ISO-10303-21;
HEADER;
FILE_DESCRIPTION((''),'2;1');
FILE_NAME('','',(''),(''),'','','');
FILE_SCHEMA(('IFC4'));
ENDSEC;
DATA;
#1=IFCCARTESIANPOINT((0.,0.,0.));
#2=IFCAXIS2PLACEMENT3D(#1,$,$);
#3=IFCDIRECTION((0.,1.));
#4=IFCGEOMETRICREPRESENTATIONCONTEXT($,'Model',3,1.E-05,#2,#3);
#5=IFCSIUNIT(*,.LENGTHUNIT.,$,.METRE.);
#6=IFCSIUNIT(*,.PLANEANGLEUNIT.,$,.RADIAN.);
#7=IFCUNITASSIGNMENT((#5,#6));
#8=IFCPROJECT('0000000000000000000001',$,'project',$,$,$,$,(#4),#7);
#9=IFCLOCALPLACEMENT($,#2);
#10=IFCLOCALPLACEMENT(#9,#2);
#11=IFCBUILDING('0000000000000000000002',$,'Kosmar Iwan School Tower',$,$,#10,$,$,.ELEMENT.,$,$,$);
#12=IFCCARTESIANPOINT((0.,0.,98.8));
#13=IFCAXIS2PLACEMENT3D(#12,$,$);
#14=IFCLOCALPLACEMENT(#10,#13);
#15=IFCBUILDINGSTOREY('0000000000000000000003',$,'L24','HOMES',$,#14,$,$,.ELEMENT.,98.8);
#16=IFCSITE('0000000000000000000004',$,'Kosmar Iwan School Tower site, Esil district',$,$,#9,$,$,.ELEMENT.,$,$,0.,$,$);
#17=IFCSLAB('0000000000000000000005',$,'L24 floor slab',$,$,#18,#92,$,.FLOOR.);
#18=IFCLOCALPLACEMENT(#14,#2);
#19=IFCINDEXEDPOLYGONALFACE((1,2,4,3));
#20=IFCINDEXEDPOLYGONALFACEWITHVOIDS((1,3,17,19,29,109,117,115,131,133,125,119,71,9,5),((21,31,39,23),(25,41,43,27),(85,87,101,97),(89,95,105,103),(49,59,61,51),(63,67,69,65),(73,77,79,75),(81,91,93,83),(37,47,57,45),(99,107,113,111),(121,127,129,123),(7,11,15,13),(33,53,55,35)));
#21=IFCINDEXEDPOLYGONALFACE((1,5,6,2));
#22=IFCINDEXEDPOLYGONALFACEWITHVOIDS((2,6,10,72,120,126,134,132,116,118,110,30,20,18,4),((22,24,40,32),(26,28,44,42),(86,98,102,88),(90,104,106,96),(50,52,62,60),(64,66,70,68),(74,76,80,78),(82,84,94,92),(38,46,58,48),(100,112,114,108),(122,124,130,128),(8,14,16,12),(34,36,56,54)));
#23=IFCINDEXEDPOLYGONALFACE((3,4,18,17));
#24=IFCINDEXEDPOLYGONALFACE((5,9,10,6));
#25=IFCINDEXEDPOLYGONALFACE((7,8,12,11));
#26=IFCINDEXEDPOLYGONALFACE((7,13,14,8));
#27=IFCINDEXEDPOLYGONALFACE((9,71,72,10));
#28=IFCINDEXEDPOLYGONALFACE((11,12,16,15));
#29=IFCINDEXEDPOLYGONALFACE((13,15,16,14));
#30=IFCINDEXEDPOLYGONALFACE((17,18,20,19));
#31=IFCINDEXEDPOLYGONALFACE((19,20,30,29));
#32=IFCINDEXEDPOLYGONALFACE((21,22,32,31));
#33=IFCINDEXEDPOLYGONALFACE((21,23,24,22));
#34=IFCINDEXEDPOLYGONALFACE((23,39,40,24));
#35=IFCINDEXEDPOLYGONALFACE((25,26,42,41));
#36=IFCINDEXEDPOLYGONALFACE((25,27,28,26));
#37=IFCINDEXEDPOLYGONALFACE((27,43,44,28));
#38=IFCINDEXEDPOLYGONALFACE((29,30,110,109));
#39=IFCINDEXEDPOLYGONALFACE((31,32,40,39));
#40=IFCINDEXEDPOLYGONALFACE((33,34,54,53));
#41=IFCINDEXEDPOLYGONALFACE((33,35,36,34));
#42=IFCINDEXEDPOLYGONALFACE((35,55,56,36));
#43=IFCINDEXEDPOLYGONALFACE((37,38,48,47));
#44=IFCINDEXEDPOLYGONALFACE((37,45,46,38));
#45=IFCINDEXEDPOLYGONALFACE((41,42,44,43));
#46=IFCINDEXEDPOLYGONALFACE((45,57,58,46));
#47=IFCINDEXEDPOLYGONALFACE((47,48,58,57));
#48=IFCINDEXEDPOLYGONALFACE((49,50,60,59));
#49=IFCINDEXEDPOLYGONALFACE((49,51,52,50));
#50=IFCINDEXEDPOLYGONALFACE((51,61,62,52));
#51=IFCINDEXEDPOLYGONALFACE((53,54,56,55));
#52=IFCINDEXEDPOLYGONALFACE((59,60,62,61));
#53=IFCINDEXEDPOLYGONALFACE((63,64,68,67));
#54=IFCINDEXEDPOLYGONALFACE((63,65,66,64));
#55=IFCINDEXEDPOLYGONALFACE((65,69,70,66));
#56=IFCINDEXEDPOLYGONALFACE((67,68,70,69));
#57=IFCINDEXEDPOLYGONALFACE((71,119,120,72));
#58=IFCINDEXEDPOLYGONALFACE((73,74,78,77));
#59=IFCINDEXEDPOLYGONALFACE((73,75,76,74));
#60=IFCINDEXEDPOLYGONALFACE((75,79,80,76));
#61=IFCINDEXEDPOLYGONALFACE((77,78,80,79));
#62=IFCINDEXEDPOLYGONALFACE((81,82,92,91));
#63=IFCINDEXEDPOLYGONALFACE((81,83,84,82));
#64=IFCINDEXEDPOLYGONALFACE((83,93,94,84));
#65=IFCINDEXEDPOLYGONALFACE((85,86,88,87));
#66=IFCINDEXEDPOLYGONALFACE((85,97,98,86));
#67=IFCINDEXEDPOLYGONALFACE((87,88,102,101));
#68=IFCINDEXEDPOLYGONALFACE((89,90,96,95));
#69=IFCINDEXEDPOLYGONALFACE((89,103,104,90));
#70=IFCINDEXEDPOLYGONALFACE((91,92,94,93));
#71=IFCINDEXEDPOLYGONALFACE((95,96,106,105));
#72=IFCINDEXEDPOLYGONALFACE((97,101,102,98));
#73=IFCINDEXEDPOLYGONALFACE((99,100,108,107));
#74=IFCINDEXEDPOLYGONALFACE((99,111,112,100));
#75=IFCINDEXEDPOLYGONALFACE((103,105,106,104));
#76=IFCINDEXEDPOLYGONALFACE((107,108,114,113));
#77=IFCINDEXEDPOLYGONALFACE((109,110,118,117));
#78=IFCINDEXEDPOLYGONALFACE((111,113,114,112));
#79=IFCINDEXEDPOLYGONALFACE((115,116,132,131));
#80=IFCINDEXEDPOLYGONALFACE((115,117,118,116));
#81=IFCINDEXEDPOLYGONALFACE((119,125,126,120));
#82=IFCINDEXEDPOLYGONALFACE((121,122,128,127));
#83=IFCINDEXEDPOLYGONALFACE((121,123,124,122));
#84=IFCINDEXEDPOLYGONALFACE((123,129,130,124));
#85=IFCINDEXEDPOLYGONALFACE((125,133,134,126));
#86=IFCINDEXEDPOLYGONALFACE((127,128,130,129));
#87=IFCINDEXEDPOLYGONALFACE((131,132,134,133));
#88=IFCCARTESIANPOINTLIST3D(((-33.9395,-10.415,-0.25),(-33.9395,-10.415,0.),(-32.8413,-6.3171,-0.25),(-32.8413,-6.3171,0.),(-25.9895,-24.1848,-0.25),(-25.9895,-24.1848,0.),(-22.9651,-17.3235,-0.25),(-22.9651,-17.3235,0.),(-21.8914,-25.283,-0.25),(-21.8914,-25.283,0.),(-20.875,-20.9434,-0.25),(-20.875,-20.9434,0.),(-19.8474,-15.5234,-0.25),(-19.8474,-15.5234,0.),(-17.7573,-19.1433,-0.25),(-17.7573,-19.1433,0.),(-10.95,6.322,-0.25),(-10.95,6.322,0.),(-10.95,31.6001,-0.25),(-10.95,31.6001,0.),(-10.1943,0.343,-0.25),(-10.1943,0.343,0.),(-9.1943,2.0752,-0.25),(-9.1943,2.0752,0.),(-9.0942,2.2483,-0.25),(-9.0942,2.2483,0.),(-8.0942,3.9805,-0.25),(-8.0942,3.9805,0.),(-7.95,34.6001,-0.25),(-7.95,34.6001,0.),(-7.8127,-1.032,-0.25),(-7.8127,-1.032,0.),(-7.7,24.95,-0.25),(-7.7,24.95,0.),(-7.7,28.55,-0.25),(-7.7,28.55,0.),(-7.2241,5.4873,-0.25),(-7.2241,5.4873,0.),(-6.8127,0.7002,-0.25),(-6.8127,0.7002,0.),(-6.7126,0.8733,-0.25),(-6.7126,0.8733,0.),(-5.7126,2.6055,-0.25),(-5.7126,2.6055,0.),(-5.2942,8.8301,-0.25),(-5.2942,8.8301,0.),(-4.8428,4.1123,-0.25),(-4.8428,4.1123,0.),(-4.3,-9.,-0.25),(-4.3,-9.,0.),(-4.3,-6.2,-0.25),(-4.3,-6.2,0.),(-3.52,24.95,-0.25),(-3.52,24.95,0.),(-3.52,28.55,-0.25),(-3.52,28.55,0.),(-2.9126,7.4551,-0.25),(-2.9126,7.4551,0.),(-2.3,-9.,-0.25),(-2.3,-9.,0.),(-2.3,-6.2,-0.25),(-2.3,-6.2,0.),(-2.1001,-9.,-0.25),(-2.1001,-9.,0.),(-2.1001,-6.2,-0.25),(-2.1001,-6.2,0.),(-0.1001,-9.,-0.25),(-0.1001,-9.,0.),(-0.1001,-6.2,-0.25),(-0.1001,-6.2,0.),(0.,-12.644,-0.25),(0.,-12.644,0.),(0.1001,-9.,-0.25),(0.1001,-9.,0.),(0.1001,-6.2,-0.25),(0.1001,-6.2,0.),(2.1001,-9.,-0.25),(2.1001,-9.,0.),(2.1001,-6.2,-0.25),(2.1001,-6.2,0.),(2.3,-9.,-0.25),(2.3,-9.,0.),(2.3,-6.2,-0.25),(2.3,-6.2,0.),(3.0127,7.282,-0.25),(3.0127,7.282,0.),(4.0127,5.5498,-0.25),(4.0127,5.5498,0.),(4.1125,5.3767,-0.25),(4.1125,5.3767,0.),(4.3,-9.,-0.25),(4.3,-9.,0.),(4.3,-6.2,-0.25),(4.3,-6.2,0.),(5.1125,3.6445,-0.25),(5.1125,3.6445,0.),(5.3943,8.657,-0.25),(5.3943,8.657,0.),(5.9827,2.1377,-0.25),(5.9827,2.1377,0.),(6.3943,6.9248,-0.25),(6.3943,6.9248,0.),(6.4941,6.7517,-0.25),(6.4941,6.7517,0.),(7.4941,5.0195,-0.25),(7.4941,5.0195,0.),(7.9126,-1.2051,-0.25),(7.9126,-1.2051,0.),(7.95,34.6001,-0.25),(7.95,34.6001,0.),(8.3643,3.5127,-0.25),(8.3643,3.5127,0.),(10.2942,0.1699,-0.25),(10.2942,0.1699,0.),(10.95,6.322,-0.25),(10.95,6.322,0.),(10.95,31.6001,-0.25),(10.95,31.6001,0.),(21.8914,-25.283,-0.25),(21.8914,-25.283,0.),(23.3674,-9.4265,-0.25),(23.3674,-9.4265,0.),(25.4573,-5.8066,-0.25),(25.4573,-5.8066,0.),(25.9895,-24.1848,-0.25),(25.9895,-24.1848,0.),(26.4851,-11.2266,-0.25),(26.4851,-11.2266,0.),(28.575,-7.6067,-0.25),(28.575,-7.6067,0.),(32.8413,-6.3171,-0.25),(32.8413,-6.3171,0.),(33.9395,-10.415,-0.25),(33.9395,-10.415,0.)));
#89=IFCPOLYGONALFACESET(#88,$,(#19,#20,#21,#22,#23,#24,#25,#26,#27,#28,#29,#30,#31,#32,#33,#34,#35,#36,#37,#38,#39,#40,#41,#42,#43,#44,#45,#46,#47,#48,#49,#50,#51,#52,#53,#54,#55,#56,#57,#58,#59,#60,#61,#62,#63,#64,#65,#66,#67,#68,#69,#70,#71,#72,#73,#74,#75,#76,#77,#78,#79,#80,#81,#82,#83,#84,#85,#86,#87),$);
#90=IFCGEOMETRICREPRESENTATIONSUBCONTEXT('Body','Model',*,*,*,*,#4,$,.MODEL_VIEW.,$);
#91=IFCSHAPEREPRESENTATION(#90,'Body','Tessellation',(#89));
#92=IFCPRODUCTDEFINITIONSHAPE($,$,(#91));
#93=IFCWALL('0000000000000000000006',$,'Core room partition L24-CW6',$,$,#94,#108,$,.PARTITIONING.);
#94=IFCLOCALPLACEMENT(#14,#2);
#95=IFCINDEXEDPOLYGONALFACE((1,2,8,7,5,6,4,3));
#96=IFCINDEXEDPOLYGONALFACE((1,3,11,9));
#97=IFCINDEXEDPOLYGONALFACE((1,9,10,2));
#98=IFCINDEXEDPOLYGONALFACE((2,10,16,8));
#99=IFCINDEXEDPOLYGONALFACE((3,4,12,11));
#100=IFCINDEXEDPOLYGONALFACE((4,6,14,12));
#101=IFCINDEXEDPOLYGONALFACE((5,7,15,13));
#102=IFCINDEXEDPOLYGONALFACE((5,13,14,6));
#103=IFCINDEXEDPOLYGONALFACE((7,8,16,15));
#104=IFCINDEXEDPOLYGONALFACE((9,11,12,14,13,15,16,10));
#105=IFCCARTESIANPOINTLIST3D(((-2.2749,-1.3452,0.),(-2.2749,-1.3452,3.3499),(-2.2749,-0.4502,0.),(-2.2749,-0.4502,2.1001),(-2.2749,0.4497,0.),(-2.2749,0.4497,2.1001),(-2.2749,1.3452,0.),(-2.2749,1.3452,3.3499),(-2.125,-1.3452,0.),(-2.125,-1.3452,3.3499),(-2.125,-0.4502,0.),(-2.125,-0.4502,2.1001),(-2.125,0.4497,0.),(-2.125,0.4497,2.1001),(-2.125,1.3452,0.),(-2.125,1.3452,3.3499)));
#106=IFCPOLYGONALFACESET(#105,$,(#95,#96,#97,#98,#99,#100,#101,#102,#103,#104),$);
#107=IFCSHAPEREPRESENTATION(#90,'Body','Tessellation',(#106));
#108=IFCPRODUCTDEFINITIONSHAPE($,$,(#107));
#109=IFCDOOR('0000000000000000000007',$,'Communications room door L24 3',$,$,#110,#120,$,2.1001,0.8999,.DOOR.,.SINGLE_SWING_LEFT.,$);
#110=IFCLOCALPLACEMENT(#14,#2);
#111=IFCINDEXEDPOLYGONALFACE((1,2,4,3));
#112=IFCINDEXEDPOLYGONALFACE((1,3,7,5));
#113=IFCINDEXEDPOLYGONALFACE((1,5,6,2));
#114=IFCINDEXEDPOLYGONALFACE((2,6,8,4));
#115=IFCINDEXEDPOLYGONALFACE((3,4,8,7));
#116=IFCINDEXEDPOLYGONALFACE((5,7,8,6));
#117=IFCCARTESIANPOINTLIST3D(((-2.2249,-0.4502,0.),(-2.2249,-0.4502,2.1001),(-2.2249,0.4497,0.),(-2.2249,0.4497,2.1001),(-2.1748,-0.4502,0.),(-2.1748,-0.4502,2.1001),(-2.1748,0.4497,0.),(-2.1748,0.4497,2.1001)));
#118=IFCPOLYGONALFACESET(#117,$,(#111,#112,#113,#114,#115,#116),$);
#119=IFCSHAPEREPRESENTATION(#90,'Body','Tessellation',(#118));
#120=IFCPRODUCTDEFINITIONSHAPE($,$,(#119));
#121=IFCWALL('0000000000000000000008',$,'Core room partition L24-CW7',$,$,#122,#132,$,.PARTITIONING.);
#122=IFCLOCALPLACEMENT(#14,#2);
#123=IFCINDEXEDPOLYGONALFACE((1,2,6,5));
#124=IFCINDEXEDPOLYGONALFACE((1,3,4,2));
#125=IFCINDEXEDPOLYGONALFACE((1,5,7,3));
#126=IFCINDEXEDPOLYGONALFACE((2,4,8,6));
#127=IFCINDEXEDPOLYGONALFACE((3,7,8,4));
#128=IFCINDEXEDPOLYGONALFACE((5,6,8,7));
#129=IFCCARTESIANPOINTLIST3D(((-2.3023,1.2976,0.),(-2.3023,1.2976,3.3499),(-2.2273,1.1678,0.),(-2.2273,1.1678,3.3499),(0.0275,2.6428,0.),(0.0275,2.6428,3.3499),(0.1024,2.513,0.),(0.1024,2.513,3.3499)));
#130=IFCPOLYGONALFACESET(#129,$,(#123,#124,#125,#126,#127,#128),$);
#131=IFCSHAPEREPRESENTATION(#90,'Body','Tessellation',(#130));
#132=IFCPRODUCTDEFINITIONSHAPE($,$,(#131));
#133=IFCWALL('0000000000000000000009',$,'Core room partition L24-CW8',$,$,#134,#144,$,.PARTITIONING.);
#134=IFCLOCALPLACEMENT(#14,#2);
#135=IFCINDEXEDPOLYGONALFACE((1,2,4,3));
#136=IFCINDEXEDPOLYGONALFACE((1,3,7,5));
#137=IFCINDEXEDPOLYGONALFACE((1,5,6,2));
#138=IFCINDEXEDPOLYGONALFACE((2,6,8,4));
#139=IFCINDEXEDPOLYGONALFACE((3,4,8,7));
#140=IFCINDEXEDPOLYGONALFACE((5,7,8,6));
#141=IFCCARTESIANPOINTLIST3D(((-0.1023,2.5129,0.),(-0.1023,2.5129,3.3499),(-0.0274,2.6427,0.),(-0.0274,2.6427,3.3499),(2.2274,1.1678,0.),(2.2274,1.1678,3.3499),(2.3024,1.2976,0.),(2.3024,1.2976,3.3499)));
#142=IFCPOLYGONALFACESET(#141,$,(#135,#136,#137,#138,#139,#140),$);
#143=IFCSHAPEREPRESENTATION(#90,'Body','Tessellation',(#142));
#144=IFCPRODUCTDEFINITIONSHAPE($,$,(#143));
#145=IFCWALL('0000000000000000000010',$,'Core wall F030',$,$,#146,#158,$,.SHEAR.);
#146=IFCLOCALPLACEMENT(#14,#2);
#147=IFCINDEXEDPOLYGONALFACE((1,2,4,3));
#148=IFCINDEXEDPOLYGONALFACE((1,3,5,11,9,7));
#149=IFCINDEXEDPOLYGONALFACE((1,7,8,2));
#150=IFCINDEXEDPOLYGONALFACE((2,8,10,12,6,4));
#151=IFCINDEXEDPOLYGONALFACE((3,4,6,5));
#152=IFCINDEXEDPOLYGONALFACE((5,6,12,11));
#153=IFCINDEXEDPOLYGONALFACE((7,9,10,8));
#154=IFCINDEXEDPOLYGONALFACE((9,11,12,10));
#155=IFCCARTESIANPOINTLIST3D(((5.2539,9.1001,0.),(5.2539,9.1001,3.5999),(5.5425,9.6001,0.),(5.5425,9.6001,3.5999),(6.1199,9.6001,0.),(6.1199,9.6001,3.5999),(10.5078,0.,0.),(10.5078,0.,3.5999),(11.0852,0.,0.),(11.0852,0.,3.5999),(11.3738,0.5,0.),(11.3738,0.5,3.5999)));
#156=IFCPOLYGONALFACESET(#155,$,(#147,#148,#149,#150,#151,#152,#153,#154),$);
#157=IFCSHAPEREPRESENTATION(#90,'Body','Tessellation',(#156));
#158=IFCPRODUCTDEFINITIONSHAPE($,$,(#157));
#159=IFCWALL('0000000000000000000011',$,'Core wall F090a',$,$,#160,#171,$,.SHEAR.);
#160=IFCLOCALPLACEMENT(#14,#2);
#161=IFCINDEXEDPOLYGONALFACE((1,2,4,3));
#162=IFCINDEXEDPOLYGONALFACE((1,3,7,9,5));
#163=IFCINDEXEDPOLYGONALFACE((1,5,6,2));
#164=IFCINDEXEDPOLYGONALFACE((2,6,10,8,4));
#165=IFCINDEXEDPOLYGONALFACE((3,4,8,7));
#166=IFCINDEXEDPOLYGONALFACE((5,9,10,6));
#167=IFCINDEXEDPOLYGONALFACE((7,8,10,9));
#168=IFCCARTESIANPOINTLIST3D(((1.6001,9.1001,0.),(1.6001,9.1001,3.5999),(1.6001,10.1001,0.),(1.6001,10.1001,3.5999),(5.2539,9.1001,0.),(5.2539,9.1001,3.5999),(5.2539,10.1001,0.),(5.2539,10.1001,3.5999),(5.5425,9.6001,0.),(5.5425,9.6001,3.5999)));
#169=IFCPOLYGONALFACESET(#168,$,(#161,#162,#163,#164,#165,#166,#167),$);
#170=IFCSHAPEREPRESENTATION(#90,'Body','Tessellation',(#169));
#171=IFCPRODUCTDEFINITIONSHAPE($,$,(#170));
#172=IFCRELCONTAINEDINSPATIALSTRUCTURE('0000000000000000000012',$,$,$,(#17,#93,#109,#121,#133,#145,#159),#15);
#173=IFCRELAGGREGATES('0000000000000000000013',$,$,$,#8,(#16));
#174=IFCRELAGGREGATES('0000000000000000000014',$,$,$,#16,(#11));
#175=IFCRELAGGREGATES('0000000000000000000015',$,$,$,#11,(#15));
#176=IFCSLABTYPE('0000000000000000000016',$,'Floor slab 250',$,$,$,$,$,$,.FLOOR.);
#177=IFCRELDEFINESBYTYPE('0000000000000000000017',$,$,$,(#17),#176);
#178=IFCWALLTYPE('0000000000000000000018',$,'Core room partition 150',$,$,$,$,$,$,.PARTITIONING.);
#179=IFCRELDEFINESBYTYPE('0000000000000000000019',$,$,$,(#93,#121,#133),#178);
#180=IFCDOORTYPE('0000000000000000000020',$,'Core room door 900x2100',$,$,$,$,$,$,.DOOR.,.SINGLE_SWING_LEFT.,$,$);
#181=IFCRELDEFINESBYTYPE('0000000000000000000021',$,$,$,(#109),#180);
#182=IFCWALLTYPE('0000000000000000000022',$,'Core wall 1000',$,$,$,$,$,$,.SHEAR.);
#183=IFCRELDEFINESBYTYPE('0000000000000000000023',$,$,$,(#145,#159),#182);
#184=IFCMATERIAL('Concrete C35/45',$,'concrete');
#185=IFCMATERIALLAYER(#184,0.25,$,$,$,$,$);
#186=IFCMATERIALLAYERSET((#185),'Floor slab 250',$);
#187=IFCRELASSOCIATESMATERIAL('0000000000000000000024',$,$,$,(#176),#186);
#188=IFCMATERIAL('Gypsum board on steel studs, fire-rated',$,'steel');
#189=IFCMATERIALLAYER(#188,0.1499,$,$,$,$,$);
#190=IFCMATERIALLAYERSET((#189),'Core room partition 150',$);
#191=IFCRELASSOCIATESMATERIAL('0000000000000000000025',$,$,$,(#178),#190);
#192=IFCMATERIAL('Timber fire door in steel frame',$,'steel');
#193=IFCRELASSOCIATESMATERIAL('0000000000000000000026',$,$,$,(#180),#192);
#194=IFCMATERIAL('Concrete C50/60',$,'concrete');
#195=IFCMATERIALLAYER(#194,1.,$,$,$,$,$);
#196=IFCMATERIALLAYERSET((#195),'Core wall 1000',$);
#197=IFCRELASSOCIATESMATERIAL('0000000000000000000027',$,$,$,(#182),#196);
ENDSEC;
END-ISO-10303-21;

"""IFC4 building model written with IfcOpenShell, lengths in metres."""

from ifc_helpers import new_model, si_unit, direction, frame, frame_2d, origin, place, context, subcontext, project, spatial, polyline, rectangle, outline, extrude, material, layer, layer_set, type_object, element, fill, save


model = new_model("IFC4")

# Units and contexts
model_context = context("Model", 3, precision=1e-05, world=origin(), true_north=direction((0.0, 1.0)))
body_context = subcontext(model_context, "Body", "Model", "MODEL_VIEW")
ifc_project = project(units=[si_unit("LENGTHUNIT", "METRE"), si_unit("PLANEANGLEUNIT", "RADIAN")], contexts=[model_context])

# Site, building, storey
site_placement = place(None, origin())
site = spatial("IfcSite", under=ifc_project, at=site_placement, Name="Kosmar Iwan School Tower site, Esil district", CompositionType="ELEMENT", RefElevation=0.0)
building_placement = place(site_placement, origin())
building = spatial("IfcBuilding", under=site, at=building_placement, Name="Kosmar Iwan School Tower", CompositionType="ELEMENT")
storey_placement = place(building_placement, frame((0.0, 0.0, 98.8)))
storey = spatial("IfcBuildingStorey", under=building, at=storey_placement, Name="L24", Description="HOMES", CompositionType="ELEMENT", Elevation=98.8)

# Slab
ifc_material_1 = material(Name="Concrete C35/45", Category="concrete")
ifc_layer_1 = layer(ifc_material_1, 0.25)
ifc_layer_set_1 = layer_set([ifc_layer_1], Name="Floor slab 250")
slab_type = type_object("IfcSlabType", Name="Floor slab 250", PredefinedType="FLOOR", material=ifc_layer_set_1)
slab_placement = place(storey_placement, frame((0.0, 0.0, -0.25)))
element("IfcSlab", 1, at=slab_placement, inside=storey, type_object=slab_type, Name="L24 floor slab", PredefinedType="FLOOR", context=body_context, shape_type="SweptSolid", body=[
    extrude(outline(polyline([(-21.8914, -25.283), (0.0, -12.644), (21.8914, -25.283), (25.9895, -24.1848), (33.9395, -10.415), (32.8413, -6.3171), (10.95, 6.322), (10.95, 31.6001), (7.95, 34.6001), (-7.95, 34.6001), (-10.95, 31.6001), (-10.95, 6.322), (-32.8413, -6.3171), (-33.9395, -10.415), (-25.9895, -24.1848), (-21.8914, -25.283)]), holes=[polyline([(7.9126, -1.2051), (10.2942, 0.1699), (8.3643, 3.5127), (5.9827, 2.1377), (7.9126, -1.2051)]), polyline([(-2.9126, 7.4551), (-5.2942, 8.8301), (-7.2241, 5.4873), (-4.8428, 4.1123), (-2.9126, 7.4551)]), polyline([(-5.7126, 2.6055), (-8.0942, 3.9805), (-9.0942, 2.2483), (-6.7126, 0.8733), (-5.7126, 2.6055)]), polyline([(-6.8127, 0.7002), (-9.1943, 2.0752), (-10.1943, 0.343), (-7.8127, -1.032), (-6.8127, 0.7002)]), polyline([(5.1125, 3.6445), (7.4941, 5.0195), (6.4941, 6.7517), (4.1125, 5.3767), (5.1125, 3.6445)]), polyline([(4.0127, 5.5498), (6.3943, 6.9248), (5.3943, 8.657), (3.0127, 7.282), (4.0127, 5.5498)]), polyline([(-4.3, -6.2), (-4.3, -9.0), (-2.3, -9.0), (-2.3, -6.2), (-4.3, -6.2)]), polyline([(-2.1001, -6.2), (-2.1001, -9.0), (-0.1001, -9.0), (-0.1001, -6.2), (-2.1001, -6.2)]), polyline([(0.1001, -6.2), (0.1001, -9.0), (2.1001, -9.0), (2.1001, -6.2), (0.1001, -6.2)]), polyline([(2.3, -6.2), (2.3, -9.0), (4.3, -9.0), (4.3, -6.2), (2.3, -6.2)]), polyline([(-3.52, 24.95), (-3.52, 28.55), (-7.7, 28.55), (-7.7, 24.95), (-3.52, 24.95)]), polyline([(-19.8474, -15.5234), (-22.9651, -17.3235), (-20.875, -20.9434), (-17.7573, -19.1433), (-19.8474, -15.5234)]), polyline([(23.3674, -9.4265), (26.4851, -11.2266), (28.575, -7.6067), (25.4573, -5.8066), (23.3674, -9.4265)])]), origin(), (0.0, 0.0, 1.0), 0.25),
])

# Wall, opening, door
ifc_material_2 = material(Name="Gypsum board on steel studs, fire-rated", Category="steel")
ifc_layer_2 = layer(ifc_material_2, 0.1499)
ifc_layer_set_2 = layer_set([ifc_layer_2], Name="Core room partition 150")
wall_type_1 = type_object("IfcWallType", Name="Core room partition 150", PredefinedType="PARTITIONING", material=ifc_layer_set_2)
wall_1_placement = place(storey_placement, frame((-2.2, -1.3452, 0.0), z_axis=(0.0, 0.0, 1.0), x_axis=(0.0, 1.0, 0.0)))
wall_1 = element("IfcWall", 2, at=wall_1_placement, inside=storey, type_object=wall_type_1, Name="Core room partition L24-CW6", PredefinedType="PARTITIONING", context=body_context, shape_type="SweptSolid", body=[
    extrude(rectangle(XDim=2.6904, YDim=0.1499, at=frame_2d((1.3452, 0.0))), origin(), (0.0, 0.0, 1.0), 3.3499),
])
opening_placement = place(wall_1_placement, frame((0.895, 0.0, 0.0)))
opening = element("IfcOpeningElement", 3, at=opening_placement, cuts=wall_1, PredefinedType="OPENING", context=body_context, shape_type="SweptSolid", body=[
    extrude(rectangle(XDim=0.8999, YDim=2.1001, at=frame_2d((0.45, 1.05))), frame((0.0, 0.0869, 0.0), z_axis=(0.0, -1.0, 0.0), x_axis=(1.0, 0.0, 0.0)), (0.0, 0.0, 1.0), 0.1738),
])
ifc_material_3 = material(Name="Timber fire door in steel frame", Category="steel")
door_type = type_object("IfcDoorType", Name="Core room door 900x2100", OperationType="SINGLE_SWING_LEFT", PredefinedType="DOOR", material=ifc_material_3)
door_placement = place(opening_placement, origin())
door = element("IfcDoor", 4, at=door_placement, inside=storey, type_object=door_type, Name="Communications room door L24 3", OperationType="SINGLE_SWING_LEFT", OverallHeight=2.1001, OverallWidth=0.8999, PredefinedType="DOOR", context=body_context, shape_type="SweptSolid", body=[
    extrude(rectangle(XDim=0.8999, YDim=2.1001, at=frame_2d((0.45, 1.05))), frame((0.0, 0.0249, 0.0), z_axis=(0.0, -1.0, 0.0), x_axis=(1.0, 0.0, 0.0)), (0.0, 0.0, 1.0), 0.05),
])
fill(opening, door)

# Walls
for number, where, z_axis, x_axis, name in (
    (5, (-2.2649, 1.2327, 0.0), (0.0, 0.0, 1.0), (0.866012, 0.500024, 0.0), "Core room partition L24-CW7"),
    (6, (-0.0649, 2.5779, 0.0), (0.0, 0.0, 1.0), (0.866012, -0.500024, 0.0), "Core room partition L24-CW8"),
):
    element("IfcWall", number, at=place(storey_placement, frame(where, z_axis=z_axis, x_axis=x_axis)), inside=storey, type_object=wall_type_1, Name=name, PredefinedType="PARTITIONING", context=body_context, shape_type="SweptSolid", body=[
        extrude(rectangle(XDim=2.6902, YDim=0.1499, at=frame_2d((1.3452, 0.0))), origin(), (0.0, 0.0, 1.0), 3.3499),
    ])
ifc_material_4 = material(Name="Concrete C50/60", Category="concrete")
ifc_layer_3 = layer(ifc_material_4, 1.0)
ifc_layer_set_3 = layer_set([ifc_layer_3], Name="Core wall 1000")
wall_type_2 = type_object("IfcWallType", Name="Core wall 1000", PredefinedType="SHEAR", material=ifc_layer_set_3)
wall_2_placement = place(storey_placement, origin())
element("IfcWall", 7, at=wall_2_placement, inside=storey, type_object=wall_type_2, Name="Core wall F030", PredefinedType="SHEAR", context=body_context, shape_type="SweptSolid", body=[
    extrude(outline(polyline([(10.5078, 0.0), (11.0852, 0.0), (11.3738, 0.5), (6.1199, 9.6001), (5.5425, 9.6001), (5.2539, 9.1001), (10.5078, 0.0)])), origin(), (0.0, 0.0, 1.0), 3.5999),
])
wall_3_placement = place(storey_placement, origin())
element("IfcWall", 8, at=wall_3_placement, inside=storey, type_object=wall_type_2, Name="Core wall F090a", PredefinedType="SHEAR", context=body_context, shape_type="SweptSolid", body=[
    extrude(outline(polyline([(1.6001, 9.1001), (5.2539, 9.1001), (5.5425, 9.6001), (5.2539, 10.1001), (1.6001, 10.1001), (1.6001, 9.1001)])), origin(), (0.0, 0.0, 1.0), 3.5999),
])

save(model, "model.ifc")
